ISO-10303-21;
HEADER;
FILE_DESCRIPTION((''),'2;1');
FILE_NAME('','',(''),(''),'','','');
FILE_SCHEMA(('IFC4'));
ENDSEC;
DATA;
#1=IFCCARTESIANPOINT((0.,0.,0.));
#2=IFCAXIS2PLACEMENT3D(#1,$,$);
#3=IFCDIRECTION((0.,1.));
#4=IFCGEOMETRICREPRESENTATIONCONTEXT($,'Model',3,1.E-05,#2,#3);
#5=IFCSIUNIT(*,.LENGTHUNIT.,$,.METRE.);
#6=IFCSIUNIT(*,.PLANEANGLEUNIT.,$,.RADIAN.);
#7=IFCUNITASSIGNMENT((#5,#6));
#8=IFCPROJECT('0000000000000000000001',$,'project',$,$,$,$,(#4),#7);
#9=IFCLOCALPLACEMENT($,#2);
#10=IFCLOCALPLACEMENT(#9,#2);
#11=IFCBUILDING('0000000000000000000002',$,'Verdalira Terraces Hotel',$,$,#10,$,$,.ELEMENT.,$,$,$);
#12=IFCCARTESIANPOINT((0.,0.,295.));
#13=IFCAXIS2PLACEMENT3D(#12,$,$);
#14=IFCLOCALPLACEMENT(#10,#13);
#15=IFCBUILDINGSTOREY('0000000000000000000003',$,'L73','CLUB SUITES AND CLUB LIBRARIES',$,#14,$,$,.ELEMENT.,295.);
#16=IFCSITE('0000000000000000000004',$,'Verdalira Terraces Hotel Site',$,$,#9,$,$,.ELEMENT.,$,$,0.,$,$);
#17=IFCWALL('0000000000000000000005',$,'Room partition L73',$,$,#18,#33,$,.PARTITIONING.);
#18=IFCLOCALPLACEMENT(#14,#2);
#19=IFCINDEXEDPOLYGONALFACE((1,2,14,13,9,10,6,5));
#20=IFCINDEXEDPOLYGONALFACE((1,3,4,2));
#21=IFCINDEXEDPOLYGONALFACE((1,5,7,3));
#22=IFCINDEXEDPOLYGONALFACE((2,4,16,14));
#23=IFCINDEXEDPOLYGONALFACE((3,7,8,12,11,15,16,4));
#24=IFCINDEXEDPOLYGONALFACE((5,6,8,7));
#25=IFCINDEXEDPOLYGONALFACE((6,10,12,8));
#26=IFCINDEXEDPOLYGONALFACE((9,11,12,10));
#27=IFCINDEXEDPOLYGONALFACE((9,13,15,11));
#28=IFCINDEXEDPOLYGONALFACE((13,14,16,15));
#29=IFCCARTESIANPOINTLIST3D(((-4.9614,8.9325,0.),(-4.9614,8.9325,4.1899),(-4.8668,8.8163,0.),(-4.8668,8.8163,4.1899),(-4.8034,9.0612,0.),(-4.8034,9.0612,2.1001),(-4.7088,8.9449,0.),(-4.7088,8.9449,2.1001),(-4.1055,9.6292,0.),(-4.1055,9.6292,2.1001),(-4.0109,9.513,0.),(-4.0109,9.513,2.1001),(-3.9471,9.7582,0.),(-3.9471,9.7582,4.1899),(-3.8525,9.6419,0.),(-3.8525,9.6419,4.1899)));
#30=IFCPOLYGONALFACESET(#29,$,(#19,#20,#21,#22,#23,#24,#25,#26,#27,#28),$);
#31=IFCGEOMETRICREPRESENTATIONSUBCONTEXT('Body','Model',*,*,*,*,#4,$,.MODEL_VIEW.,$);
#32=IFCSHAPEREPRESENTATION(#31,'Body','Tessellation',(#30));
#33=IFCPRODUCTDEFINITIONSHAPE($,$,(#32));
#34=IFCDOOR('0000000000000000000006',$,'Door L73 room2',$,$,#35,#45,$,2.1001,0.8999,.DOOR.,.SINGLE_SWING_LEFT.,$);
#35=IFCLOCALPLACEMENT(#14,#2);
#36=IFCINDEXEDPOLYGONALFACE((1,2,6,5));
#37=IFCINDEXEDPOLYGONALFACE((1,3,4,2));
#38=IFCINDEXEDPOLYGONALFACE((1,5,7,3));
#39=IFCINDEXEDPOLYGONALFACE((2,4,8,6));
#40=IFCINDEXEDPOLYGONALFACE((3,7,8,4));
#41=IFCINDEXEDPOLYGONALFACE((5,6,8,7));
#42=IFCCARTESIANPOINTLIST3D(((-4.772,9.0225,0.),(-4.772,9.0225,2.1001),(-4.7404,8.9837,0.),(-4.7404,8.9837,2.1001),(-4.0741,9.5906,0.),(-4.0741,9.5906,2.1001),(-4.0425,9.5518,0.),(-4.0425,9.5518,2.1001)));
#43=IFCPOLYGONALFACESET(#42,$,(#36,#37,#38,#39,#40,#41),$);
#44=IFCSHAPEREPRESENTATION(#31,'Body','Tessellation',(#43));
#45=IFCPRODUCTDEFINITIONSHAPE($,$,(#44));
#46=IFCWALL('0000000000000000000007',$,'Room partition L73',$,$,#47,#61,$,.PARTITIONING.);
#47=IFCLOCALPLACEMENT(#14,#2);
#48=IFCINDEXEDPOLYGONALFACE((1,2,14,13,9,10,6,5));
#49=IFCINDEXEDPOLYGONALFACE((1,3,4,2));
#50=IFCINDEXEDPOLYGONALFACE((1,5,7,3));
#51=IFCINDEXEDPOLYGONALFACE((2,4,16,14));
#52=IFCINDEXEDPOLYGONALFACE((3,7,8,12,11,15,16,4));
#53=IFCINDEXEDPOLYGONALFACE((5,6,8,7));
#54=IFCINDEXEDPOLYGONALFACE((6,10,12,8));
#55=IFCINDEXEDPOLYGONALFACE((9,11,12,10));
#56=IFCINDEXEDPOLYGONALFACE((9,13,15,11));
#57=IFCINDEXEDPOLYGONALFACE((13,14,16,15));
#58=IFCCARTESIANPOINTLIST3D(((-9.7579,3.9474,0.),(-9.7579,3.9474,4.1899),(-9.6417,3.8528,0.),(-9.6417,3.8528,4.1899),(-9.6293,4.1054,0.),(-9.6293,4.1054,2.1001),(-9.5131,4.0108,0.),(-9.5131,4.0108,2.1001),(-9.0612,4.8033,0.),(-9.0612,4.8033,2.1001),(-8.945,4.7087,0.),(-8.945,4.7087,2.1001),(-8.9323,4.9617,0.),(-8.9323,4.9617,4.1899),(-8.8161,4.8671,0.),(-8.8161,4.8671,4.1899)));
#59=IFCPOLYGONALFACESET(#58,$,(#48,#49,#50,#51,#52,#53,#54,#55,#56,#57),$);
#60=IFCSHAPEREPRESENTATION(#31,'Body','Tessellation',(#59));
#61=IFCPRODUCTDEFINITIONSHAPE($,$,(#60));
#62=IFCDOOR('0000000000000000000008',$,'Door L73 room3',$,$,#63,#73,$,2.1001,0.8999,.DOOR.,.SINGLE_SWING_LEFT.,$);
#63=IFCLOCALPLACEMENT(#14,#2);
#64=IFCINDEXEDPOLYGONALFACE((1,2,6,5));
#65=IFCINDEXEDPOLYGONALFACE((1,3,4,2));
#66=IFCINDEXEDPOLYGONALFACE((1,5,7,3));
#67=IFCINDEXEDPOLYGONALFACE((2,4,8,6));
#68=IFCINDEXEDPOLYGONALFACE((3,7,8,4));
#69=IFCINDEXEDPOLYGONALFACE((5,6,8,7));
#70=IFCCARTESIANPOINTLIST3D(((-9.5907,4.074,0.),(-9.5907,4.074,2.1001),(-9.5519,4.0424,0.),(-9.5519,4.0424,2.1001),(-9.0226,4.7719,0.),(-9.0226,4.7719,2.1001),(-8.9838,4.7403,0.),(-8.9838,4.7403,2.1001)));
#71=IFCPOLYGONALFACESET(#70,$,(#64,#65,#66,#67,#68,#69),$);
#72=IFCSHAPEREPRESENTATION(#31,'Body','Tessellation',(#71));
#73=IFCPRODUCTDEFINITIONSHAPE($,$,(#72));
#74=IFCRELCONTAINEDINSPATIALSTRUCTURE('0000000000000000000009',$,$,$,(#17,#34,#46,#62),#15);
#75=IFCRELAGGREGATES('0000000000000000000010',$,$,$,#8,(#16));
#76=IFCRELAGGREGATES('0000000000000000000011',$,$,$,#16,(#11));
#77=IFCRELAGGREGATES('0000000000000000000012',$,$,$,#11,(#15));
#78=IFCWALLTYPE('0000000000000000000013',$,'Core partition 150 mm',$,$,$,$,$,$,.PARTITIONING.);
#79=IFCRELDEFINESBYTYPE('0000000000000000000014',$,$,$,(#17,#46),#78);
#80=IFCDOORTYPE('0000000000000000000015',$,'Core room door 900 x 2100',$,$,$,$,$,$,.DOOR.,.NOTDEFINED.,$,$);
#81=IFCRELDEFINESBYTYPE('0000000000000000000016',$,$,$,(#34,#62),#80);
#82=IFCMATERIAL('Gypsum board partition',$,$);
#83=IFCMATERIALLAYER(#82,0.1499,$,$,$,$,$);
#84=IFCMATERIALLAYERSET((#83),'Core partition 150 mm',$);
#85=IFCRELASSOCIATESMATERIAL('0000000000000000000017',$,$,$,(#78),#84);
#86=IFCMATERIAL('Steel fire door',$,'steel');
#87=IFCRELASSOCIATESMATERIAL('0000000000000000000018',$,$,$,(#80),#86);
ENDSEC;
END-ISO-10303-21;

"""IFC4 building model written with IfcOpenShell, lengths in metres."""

from ifc_helpers import new_model, si_unit, direction, frame, frame_2d, origin, place, context, subcontext, project, spatial, rectangle, extrude, material, layer, layer_set, type_object, element, fill, save


model = new_model("IFC4")

# Units and contexts
model_context = context("Model", 3, precision=1e-05, world=origin(), true_north=direction((0.0, 1.0)))
body_context = subcontext(model_context, "Body", "Model", "MODEL_VIEW")
ifc_project = project(units=[si_unit("LENGTHUNIT", "METRE"), si_unit("PLANEANGLEUNIT", "RADIAN")], contexts=[model_context])

# Site, building, storey
site_placement = place(None, origin())
site = spatial("IfcSite", under=ifc_project, at=site_placement, Name="Verdalira Terraces Hotel Site", CompositionType="ELEMENT", RefElevation=0.0)
building_placement = place(site_placement, origin())
building = spatial("IfcBuilding", under=site, at=building_placement, Name="Verdalira Terraces Hotel", CompositionType="ELEMENT")
storey_placement = place(building_placement, frame((0.0, 0.0, 295.0)))
storey = spatial("IfcBuildingStorey", under=building, at=storey_placement, Name="L73", Description="CLUB SUITES AND CLUB LIBRARIES", CompositionType="ELEMENT", Elevation=295.0)

# Walls, openings, doors
ifc_material_1 = material(Name="Gypsum board partition")
ifc_layer_1 = layer(ifc_material_1, 0.1499)
ifc_layer_set_1 = layer_set([ifc_layer_1], Name="Core partition 150 mm")
wall_type_1 = type_object("IfcWallType", Name="Core partition 150 mm", PredefinedType="PARTITIONING", material=ifc_layer_set_1)
wall_1_placement = place(storey_placement, frame((-3.8999, 9.7, 0.0), z_axis=(0.0, 0.0, 1.0), x_axis=(-0.77556, -0.631274, 0.0)))
wall_1 = element("IfcWall", 1, at=wall_1_placement, inside=storey, type_object=wall_type_1, Name="Room partition L73", PredefinedType="PARTITIONING", context=body_context, shape_type="SweptSolid", body=[
    extrude(rectangle(XDim=1.3079, YDim=0.1499, at=frame_2d((0.6538, 0.0))), origin(), (0.0, 0.0, 1.0), 4.1899),
])
opening_1_placement = place(wall_1_placement, frame((0.2041, 0.0, 0.0)))
opening_1 = element("IfcOpeningElement", 2, at=opening_1_placement, cuts=wall_1, PredefinedType="OPENING", context=body_context, shape_type="SweptSolid", body=[
    extrude(rectangle(XDim=0.8999, YDim=2.1001, at=frame_2d((0.45, 1.05))), frame((0.0, 0.085, 0.0), z_axis=(0.0, -1.0, 0.0), x_axis=(1.0, 0.0, 0.0)), (0.0, 0.0, 1.0), 0.1699),
])
ifc_material_2 = material(Name="Steel fire door", Category="steel")
door_type_1 = type_object("IfcDoorType", Name="Core room door 900 x 2100", OperationType="NOTDEFINED", PredefinedType="DOOR", material=ifc_material_2)
door_1_placement = place(opening_1_placement, origin())
door_1 = element("IfcDoor", 3, at=door_1_placement, inside=storey, type_object=door_type_1, Name="Door L73 room2", OperationType="SINGLE_SWING_LEFT", OverallHeight=2.1001, OverallWidth=0.8999, PredefinedType="DOOR", context=body_context, shape_type="SweptSolid", body=[
    extrude(rectangle(XDim=0.8999, YDim=2.1001, at=frame_2d((0.45, 1.05))), frame((0.0, 0.0249, 0.0), z_axis=(0.0, -1.0, 0.0), x_axis=(1.0, 0.0, 0.0)), (0.0, 0.0, 1.0), 0.05),
])
fill(opening_1, door_1)
wall_2_placement = place(storey_placement, frame((-8.8743, 4.9143, 0.0), z_axis=(0.0, 0.0, 1.0), x_axis=(-0.631274, -0.77556, 0.0)))
wall_2 = element("IfcWall", 4, at=wall_2_placement, inside=storey, type_object=wall_type_1, Name="Room partition L73", PredefinedType="PARTITIONING", context=body_context, shape_type="SweptSolid", body=[
    extrude(rectangle(XDim=1.3079, YDim=0.1499, at=frame_2d((0.6538, 0.0))), origin(), (0.0, 0.0, 1.0), 4.1899),
])
opening_2_placement = place(wall_2_placement, frame((0.2041, 0.0, 0.0)))
opening_2 = element("IfcOpeningElement", 5, at=opening_2_placement, cuts=wall_2, PredefinedType="OPENING", context=body_context, shape_type="SweptSolid", body=[
    extrude(rectangle(XDim=0.8999, YDim=2.1001, at=frame_2d((0.45, 1.05))), frame((0.0, 0.085, 0.0), z_axis=(0.0, -1.0, 0.0), x_axis=(1.0, 0.0, 0.0)), (0.0, 0.0, 1.0), 0.1699),
])
door_2_placement = place(opening_2_placement, origin())
door_2 = element("IfcDoor", 6, at=door_2_placement, inside=storey, type_object=door_type_1, Name="Door L73 room3", OperationType="SINGLE_SWING_LEFT", OverallHeight=2.1001, OverallWidth=0.8999, PredefinedType="DOOR", context=body_context, shape_type="SweptSolid", body=[
    extrude(rectangle(XDim=0.8999, YDim=2.1001, at=frame_2d((0.45, 1.05))), frame((0.0, 0.0249, 0.0), z_axis=(0.0, -1.0, 0.0), x_axis=(1.0, 0.0, 0.0)), (0.0, 0.0, 1.0), 0.05),
])
fill(opening_2, door_2)

save(model, "model.ifc")
